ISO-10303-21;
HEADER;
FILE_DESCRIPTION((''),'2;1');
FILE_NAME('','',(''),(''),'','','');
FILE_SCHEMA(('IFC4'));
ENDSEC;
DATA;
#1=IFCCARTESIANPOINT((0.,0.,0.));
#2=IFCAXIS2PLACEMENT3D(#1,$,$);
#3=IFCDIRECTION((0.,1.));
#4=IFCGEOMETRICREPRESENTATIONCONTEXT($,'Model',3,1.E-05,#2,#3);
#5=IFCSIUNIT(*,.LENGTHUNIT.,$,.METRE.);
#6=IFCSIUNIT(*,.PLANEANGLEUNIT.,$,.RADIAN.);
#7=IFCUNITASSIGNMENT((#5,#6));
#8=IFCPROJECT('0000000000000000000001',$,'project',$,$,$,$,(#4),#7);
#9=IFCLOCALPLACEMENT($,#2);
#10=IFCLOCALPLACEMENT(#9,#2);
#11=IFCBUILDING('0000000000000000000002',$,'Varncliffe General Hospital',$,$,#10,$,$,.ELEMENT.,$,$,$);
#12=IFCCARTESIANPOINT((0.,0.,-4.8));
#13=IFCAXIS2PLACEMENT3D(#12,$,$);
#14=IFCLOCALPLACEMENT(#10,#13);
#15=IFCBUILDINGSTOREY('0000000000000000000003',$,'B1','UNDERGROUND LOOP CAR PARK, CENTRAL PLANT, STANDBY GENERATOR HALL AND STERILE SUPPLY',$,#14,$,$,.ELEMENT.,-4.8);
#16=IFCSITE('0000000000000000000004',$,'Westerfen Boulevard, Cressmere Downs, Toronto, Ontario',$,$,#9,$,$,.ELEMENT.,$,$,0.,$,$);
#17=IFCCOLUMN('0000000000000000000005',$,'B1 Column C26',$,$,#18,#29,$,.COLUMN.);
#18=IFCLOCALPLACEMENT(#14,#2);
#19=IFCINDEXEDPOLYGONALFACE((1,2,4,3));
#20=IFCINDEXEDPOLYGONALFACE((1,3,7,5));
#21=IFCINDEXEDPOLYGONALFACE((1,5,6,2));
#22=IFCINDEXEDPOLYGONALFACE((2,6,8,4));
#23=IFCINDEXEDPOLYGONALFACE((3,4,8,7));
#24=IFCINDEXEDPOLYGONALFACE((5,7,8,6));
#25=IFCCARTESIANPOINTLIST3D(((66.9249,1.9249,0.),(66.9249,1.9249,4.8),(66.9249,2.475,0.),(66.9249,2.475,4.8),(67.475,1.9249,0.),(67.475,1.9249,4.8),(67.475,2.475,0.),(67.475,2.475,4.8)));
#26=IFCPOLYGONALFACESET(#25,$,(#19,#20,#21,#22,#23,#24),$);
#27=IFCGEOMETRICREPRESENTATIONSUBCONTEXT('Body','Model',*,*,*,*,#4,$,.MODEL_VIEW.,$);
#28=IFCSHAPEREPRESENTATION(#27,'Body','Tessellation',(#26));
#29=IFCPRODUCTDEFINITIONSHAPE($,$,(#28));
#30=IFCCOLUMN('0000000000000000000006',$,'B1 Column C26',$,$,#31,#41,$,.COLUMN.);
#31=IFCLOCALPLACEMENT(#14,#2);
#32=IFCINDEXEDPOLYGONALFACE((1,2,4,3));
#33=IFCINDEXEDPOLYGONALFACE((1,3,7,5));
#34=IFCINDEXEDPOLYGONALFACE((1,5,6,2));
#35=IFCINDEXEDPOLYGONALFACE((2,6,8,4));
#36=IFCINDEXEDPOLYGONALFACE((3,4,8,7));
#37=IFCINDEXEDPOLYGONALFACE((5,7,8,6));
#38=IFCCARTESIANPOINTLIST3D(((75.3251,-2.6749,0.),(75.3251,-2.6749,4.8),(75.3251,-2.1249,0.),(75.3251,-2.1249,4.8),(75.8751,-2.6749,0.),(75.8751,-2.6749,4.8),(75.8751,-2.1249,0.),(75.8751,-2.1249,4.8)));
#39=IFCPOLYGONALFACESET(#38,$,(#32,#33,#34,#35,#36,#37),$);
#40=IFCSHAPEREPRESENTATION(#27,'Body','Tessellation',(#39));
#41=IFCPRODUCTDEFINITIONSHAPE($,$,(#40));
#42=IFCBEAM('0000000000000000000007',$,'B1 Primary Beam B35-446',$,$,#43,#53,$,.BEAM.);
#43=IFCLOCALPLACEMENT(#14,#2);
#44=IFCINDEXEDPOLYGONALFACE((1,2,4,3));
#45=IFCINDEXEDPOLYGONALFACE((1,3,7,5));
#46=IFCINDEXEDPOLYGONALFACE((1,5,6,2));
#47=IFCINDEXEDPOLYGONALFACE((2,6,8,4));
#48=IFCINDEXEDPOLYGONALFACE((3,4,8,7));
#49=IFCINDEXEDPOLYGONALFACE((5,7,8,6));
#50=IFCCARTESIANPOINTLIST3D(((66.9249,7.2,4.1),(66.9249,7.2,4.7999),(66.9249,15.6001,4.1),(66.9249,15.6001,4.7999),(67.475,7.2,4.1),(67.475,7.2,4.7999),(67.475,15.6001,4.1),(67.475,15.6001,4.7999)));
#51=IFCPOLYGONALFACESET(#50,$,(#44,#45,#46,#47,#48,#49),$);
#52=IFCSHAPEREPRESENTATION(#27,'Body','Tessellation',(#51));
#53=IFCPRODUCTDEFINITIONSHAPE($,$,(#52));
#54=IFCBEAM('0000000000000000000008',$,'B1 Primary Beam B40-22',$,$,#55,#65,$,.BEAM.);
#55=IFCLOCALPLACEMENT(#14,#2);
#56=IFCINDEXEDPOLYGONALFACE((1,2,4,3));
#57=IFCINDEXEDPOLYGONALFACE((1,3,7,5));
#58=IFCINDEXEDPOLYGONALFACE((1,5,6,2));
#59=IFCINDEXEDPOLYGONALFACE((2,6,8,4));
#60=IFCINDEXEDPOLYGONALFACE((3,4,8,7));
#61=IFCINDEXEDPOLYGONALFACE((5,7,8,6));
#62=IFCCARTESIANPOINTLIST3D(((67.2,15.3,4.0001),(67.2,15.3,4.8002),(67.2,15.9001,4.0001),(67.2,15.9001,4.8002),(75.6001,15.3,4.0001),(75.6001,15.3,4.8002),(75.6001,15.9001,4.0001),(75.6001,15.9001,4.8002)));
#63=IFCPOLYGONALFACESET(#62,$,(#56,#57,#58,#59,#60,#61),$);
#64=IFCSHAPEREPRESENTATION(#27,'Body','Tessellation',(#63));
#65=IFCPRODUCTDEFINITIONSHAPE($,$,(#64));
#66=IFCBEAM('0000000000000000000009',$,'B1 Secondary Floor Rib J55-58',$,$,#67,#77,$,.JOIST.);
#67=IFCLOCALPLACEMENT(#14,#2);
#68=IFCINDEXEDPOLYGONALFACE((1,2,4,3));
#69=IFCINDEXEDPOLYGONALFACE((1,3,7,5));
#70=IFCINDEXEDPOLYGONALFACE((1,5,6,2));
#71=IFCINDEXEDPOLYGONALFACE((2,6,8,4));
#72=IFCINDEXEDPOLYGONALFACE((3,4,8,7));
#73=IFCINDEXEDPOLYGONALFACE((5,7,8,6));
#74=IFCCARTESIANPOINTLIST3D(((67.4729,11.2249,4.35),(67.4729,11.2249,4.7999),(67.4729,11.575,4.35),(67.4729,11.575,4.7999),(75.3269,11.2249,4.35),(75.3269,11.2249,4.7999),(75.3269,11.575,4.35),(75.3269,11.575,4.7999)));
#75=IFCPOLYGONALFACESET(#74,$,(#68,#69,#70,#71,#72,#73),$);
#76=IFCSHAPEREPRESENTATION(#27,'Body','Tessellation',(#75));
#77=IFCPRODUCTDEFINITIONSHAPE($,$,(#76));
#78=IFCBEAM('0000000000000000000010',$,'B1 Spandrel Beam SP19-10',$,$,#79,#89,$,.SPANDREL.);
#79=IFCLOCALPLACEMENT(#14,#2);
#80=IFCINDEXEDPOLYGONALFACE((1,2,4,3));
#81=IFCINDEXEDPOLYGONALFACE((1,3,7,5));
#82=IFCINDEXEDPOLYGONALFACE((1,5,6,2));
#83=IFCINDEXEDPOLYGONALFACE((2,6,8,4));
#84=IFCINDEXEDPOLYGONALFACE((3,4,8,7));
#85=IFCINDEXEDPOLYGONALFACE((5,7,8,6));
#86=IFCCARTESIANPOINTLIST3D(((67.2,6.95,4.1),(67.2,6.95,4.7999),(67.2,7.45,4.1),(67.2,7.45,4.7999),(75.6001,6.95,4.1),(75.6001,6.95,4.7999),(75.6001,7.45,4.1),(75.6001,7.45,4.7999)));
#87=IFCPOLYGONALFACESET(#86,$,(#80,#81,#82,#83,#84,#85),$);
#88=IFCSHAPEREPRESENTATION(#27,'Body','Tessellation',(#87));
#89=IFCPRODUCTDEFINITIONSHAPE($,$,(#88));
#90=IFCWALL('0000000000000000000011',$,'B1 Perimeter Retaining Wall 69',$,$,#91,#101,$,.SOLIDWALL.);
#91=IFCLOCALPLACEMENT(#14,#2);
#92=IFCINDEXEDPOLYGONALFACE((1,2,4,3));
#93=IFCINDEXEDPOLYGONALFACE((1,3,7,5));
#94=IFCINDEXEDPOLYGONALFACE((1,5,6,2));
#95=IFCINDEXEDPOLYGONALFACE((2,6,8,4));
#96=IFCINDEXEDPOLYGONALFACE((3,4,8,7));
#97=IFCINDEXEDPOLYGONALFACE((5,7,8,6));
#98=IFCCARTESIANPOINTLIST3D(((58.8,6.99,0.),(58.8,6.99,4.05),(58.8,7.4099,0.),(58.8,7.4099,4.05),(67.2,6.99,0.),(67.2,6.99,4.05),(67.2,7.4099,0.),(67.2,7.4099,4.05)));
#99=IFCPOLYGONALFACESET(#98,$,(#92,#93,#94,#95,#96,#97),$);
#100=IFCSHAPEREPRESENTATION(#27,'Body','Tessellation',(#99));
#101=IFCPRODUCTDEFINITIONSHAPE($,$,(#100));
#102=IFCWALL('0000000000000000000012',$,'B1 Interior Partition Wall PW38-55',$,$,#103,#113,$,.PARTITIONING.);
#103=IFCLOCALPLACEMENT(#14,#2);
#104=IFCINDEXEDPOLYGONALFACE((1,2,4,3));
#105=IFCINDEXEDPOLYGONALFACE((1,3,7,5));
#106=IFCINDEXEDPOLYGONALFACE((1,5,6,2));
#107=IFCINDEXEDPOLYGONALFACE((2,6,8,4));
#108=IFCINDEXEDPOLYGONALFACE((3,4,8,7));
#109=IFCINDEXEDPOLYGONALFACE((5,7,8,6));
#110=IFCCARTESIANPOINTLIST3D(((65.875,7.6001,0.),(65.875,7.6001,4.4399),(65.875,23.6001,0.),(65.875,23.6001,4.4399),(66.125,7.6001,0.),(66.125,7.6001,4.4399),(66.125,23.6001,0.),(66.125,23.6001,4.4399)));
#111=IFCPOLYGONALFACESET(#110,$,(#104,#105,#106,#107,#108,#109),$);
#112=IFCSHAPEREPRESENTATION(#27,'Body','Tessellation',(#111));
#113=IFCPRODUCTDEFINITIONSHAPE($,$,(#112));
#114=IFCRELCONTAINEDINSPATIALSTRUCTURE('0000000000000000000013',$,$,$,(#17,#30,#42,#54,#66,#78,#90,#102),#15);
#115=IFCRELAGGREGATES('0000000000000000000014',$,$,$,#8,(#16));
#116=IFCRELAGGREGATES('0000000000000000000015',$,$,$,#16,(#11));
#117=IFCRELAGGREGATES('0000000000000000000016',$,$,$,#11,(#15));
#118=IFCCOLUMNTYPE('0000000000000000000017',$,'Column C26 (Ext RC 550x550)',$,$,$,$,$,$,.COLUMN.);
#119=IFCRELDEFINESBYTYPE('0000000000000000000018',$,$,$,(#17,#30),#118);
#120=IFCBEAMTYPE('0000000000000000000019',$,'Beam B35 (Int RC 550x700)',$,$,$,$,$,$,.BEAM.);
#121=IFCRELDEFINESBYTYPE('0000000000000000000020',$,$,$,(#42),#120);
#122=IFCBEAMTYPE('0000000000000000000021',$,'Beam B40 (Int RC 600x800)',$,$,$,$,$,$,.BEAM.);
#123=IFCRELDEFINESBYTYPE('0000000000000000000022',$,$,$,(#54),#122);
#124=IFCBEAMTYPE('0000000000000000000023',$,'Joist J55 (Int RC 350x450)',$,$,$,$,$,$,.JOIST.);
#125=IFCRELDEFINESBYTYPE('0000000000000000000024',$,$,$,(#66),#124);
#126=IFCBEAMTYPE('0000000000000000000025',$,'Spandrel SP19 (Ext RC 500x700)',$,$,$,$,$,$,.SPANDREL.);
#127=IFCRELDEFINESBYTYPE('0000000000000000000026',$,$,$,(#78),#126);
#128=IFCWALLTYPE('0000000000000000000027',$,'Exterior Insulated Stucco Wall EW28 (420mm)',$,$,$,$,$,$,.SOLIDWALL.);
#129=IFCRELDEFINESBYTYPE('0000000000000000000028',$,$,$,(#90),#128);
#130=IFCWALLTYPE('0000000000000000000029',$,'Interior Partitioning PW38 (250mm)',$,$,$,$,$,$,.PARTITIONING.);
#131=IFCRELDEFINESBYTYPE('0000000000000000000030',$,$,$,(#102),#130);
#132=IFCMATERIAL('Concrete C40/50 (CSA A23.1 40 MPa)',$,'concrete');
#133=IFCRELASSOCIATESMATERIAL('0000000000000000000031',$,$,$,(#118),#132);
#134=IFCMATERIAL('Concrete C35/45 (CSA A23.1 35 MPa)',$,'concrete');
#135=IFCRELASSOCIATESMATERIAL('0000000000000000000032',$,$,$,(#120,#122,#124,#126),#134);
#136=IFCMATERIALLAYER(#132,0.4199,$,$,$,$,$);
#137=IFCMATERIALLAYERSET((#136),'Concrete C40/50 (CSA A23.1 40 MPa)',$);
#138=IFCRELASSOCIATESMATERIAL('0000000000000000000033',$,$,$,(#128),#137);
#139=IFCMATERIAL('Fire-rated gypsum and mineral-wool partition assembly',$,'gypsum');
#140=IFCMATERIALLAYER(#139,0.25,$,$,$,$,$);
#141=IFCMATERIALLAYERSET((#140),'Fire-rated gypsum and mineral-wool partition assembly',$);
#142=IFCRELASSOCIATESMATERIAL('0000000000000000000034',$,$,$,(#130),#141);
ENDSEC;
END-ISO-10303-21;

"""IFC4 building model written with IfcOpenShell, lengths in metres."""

from ifc_helpers import new_model, si_unit, direction, frame, frame_2d, origin, origin_2d, place, context, subcontext, project, spatial, rectangle, extrude, material, layer, layer_set, material_profile, profile_set, type_object, element, save


model = new_model("IFC4")

# Units and contexts
model_context = context("Model", 3, precision=1e-05, world=origin(), true_north=direction((0.0, 1.0)))
body_context = subcontext(model_context, "Body", "Model", "MODEL_VIEW")
ifc_project = project(units=[si_unit("LENGTHUNIT", "METRE"), si_unit("PLANEANGLEUNIT", "RADIAN")], contexts=[model_context])

# Site, building, storey
site_placement = place(None, origin())
site = spatial("IfcSite", under=ifc_project, at=site_placement, Name="Westerfen Boulevard, Cressmere Downs, Toronto, Ontario", CompositionType="ELEMENT", RefElevation=0.0)
building_placement = place(site_placement, origin())
building = spatial("IfcBuilding", under=site, at=building_placement, Name="Varncliffe General Hospital", CompositionType="ELEMENT")
storey_placement = place(building_placement, frame((0.0, 0.0, -4.8)))
storey = spatial("IfcBuildingStorey", under=building, at=storey_placement, Name="B1", Description="UNDERGROUND LOOP CAR PARK, CENTRAL PLANT, STANDBY GENERATOR HALL AND STERILE SUPPLY", CompositionType="ELEMENT", Elevation=-4.8)

# Shared definitions
ifc_material_1 = material(Name="Concrete C40/50 (CSA A23.1 40 MPa)", Category="concrete")

# Columns
ifc_material_profile_1 = material_profile(ifc_material_1, rectangle(XDim=0.55, YDim=0.55, at=origin_2d()), Name="RC 550x550")
ifc_profile_set_1 = profile_set([ifc_material_profile_1], Name="Concrete C40/50 (CSA A23.1 40 MPa)")
column_type_1 = type_object("IfcColumnType", Name="Column C26 (Ext RC 550x550)", PredefinedType="COLUMN", material=ifc_profile_set_1)
for number, where, z_axis, x_axis, name in (
    (1, (67.2, 2.2, 0.0), (0.0, 0.0, 1.0), (1.0, 0.0, 0.0), "B1 Column C26"),
    (2, (75.6001, -2.3999, 0.0), (0.0, 0.0, 1.0), (1.0, 0.0, 0.0), "B1 Column C26"),
):
    element("IfcColumn", number, at=place(storey_placement, frame(where, z_axis=z_axis, x_axis=x_axis)), inside=storey, type_object=column_type_1, Name=name, PredefinedType="COLUMN", context=body_context, shape_type="SweptSolid", body=[
        extrude(rectangle(XDim=0.55, YDim=0.55, at=origin_2d()), origin(), (0.0, 0.0, 1.0), 4.8),
    ])

# Beams
ifc_material_2 = material(Name="Concrete C35/45 (CSA A23.1 35 MPa)", Category="concrete")
ifc_material_profile_2 = material_profile(ifc_material_2, rectangle(XDim=0.55, YDim=0.7, at=origin_2d()), Name="RC 550x700")
ifc_profile_set_2 = profile_set([ifc_material_profile_2], Name="Concrete C35/45 (CSA A23.1 35 MPa)")
beam_type_1 = type_object("IfcBeamType", Name="Beam B35 (Int RC 550x700)", PredefinedType="BEAM", material=ifc_profile_set_2)
beam_1_placement = place(storey_placement, frame((67.2, 7.2, 4.45), z_axis=(0.0, 1.0, 0.0), x_axis=(-1.0, 0.0, 0.0)))
element("IfcBeam", 3, at=beam_1_placement, inside=storey, type_object=beam_type_1, Name="B1 Primary Beam B35-446", PredefinedType="BEAM", context=body_context, shape_type="SweptSolid", body=[
    extrude(rectangle(XDim=0.55, YDim=0.7, at=origin_2d()), origin(), (0.0, 0.0, 1.0), 8.4001),
])
ifc_material_profile_3 = material_profile(ifc_material_2, rectangle(XDim=0.6001, YDim=0.8, at=origin_2d()), Name="RC 600x800")
ifc_profile_set_3 = profile_set([ifc_material_profile_3], Name="Concrete C35/45 (CSA A23.1 35 MPa)")
beam_type_2 = type_object("IfcBeamType", Name="Beam B40 (Int RC 600x800)", PredefinedType="BEAM", material=ifc_profile_set_3)
beam_2_placement = place(storey_placement, frame((67.2, 15.6001, 4.4001), z_axis=(1.0, 0.0, 0.0), x_axis=(0.0, 1.0, 0.0)))
element("IfcBeam", 4, at=beam_2_placement, inside=storey, type_object=beam_type_2, Name="B1 Primary Beam B40-22", PredefinedType="BEAM", context=body_context, shape_type="SweptSolid", body=[
    extrude(rectangle(XDim=0.6001, YDim=0.8, at=origin_2d()), origin(), (0.0, 0.0, 1.0), 8.4001),
])
ifc_material_profile_4 = material_profile(ifc_material_2, rectangle(XDim=0.3501, YDim=0.45, at=origin_2d()), Name="RC 350x450")
ifc_profile_set_4 = profile_set([ifc_material_profile_4], Name="Concrete C35/45 (CSA A23.1 35 MPa)")
beam_type_3 = type_object("IfcBeamType", Name="Joist J55 (Int RC 350x450)", PredefinedType="JOIST", material=ifc_profile_set_4)
beam_3_placement = place(storey_placement, frame((67.4729, 11.3999, 4.575), z_axis=(1.0, 0.0, 0.0), x_axis=(0.0, 1.0, 0.0)))
element("IfcBeam", 5, at=beam_3_placement, inside=storey, type_object=beam_type_3, Name="B1 Secondary Floor Rib J55-58", PredefinedType="JOIST", context=body_context, shape_type="SweptSolid", body=[
    extrude(rectangle(XDim=0.3501, YDim=0.45, at=origin_2d()), origin(), (0.0, 0.0, 1.0), 7.854),
])
ifc_material_profile_5 = material_profile(ifc_material_2, rectangle(XDim=0.5, YDim=0.7, at=origin_2d()), Name="RC 500x700")
ifc_profile_set_5 = profile_set([ifc_material_profile_5], Name="Concrete C35/45 (CSA A23.1 35 MPa)")
beam_type_4 = type_object("IfcBeamType", Name="Spandrel SP19 (Ext RC 500x700)", PredefinedType="SPANDREL", material=ifc_profile_set_5)
beam_4_placement = place(storey_placement, frame((67.2, 7.2, 4.45), z_axis=(1.0, 0.0, 0.0), x_axis=(0.0, 1.0, 0.0)))
element("IfcBeam", 6, at=beam_4_placement, inside=storey, type_object=beam_type_4, Name="B1 Spandrel Beam SP19-10", PredefinedType="SPANDREL", context=body_context, shape_type="SweptSolid", body=[
    extrude(rectangle(XDim=0.5, YDim=0.7, at=origin_2d()), origin(), (0.0, 0.0, 1.0), 8.4001),
])

# Walls
ifc_layer_1 = layer(ifc_material_1, 0.4199)
ifc_layer_set_1 = layer_set([ifc_layer_1], Name="Concrete C40/50 (CSA A23.1 40 MPa)")
wall_type_1 = type_object("IfcWallType", Name="Exterior Insulated Stucco Wall EW28 (420mm)", PredefinedType="SOLIDWALL", material=ifc_layer_set_1)
wall_1_placement = place(storey_placement, frame((67.2, 7.2, 0.0), z_axis=(0.0, 0.0, 1.0), x_axis=(-1.0, 0.0, 0.0)))
element("IfcWall", 7, at=wall_1_placement, inside=storey, type_object=wall_type_1, Name="B1 Perimeter Retaining Wall 69", PredefinedType="SOLIDWALL", context=body_context, shape_type="SweptSolid", body=[
    extrude(rectangle(XDim=8.3999, YDim=0.4199, at=frame_2d((4.2, 0.0))), origin(), (0.0, 0.0, 1.0), 4.05),
])
ifc_material_3 = material(Name="Fire-rated gypsum and mineral-wool partition assembly", Category="gypsum")
ifc_layer_2 = layer(ifc_material_3, 0.25)
ifc_layer_set_2 = layer_set([ifc_layer_2], Name="Fire-rated gypsum and mineral-wool partition assembly")
wall_type_2 = type_object("IfcWallType", Name="Interior Partitioning PW38 (250mm)", PredefinedType="PARTITIONING", material=ifc_layer_set_2)
wall_2_placement = place(storey_placement, frame((66.0, 7.6001, 0.0), z_axis=(0.0, 0.0, 1.0), x_axis=(0.0, 1.0, 0.0)))
element("IfcWall", 8, at=wall_2_placement, inside=storey, type_object=wall_type_2, Name="B1 Interior Partition Wall PW38-55", PredefinedType="PARTITIONING", context=body_context, shape_type="SweptSolid", body=[
    extrude(rectangle(XDim=16.0, YDim=0.25, at=frame_2d((8.0, 0.0))), origin(), (0.0, 0.0, 1.0), 4.4399),
])

save(model, "model.ifc")
